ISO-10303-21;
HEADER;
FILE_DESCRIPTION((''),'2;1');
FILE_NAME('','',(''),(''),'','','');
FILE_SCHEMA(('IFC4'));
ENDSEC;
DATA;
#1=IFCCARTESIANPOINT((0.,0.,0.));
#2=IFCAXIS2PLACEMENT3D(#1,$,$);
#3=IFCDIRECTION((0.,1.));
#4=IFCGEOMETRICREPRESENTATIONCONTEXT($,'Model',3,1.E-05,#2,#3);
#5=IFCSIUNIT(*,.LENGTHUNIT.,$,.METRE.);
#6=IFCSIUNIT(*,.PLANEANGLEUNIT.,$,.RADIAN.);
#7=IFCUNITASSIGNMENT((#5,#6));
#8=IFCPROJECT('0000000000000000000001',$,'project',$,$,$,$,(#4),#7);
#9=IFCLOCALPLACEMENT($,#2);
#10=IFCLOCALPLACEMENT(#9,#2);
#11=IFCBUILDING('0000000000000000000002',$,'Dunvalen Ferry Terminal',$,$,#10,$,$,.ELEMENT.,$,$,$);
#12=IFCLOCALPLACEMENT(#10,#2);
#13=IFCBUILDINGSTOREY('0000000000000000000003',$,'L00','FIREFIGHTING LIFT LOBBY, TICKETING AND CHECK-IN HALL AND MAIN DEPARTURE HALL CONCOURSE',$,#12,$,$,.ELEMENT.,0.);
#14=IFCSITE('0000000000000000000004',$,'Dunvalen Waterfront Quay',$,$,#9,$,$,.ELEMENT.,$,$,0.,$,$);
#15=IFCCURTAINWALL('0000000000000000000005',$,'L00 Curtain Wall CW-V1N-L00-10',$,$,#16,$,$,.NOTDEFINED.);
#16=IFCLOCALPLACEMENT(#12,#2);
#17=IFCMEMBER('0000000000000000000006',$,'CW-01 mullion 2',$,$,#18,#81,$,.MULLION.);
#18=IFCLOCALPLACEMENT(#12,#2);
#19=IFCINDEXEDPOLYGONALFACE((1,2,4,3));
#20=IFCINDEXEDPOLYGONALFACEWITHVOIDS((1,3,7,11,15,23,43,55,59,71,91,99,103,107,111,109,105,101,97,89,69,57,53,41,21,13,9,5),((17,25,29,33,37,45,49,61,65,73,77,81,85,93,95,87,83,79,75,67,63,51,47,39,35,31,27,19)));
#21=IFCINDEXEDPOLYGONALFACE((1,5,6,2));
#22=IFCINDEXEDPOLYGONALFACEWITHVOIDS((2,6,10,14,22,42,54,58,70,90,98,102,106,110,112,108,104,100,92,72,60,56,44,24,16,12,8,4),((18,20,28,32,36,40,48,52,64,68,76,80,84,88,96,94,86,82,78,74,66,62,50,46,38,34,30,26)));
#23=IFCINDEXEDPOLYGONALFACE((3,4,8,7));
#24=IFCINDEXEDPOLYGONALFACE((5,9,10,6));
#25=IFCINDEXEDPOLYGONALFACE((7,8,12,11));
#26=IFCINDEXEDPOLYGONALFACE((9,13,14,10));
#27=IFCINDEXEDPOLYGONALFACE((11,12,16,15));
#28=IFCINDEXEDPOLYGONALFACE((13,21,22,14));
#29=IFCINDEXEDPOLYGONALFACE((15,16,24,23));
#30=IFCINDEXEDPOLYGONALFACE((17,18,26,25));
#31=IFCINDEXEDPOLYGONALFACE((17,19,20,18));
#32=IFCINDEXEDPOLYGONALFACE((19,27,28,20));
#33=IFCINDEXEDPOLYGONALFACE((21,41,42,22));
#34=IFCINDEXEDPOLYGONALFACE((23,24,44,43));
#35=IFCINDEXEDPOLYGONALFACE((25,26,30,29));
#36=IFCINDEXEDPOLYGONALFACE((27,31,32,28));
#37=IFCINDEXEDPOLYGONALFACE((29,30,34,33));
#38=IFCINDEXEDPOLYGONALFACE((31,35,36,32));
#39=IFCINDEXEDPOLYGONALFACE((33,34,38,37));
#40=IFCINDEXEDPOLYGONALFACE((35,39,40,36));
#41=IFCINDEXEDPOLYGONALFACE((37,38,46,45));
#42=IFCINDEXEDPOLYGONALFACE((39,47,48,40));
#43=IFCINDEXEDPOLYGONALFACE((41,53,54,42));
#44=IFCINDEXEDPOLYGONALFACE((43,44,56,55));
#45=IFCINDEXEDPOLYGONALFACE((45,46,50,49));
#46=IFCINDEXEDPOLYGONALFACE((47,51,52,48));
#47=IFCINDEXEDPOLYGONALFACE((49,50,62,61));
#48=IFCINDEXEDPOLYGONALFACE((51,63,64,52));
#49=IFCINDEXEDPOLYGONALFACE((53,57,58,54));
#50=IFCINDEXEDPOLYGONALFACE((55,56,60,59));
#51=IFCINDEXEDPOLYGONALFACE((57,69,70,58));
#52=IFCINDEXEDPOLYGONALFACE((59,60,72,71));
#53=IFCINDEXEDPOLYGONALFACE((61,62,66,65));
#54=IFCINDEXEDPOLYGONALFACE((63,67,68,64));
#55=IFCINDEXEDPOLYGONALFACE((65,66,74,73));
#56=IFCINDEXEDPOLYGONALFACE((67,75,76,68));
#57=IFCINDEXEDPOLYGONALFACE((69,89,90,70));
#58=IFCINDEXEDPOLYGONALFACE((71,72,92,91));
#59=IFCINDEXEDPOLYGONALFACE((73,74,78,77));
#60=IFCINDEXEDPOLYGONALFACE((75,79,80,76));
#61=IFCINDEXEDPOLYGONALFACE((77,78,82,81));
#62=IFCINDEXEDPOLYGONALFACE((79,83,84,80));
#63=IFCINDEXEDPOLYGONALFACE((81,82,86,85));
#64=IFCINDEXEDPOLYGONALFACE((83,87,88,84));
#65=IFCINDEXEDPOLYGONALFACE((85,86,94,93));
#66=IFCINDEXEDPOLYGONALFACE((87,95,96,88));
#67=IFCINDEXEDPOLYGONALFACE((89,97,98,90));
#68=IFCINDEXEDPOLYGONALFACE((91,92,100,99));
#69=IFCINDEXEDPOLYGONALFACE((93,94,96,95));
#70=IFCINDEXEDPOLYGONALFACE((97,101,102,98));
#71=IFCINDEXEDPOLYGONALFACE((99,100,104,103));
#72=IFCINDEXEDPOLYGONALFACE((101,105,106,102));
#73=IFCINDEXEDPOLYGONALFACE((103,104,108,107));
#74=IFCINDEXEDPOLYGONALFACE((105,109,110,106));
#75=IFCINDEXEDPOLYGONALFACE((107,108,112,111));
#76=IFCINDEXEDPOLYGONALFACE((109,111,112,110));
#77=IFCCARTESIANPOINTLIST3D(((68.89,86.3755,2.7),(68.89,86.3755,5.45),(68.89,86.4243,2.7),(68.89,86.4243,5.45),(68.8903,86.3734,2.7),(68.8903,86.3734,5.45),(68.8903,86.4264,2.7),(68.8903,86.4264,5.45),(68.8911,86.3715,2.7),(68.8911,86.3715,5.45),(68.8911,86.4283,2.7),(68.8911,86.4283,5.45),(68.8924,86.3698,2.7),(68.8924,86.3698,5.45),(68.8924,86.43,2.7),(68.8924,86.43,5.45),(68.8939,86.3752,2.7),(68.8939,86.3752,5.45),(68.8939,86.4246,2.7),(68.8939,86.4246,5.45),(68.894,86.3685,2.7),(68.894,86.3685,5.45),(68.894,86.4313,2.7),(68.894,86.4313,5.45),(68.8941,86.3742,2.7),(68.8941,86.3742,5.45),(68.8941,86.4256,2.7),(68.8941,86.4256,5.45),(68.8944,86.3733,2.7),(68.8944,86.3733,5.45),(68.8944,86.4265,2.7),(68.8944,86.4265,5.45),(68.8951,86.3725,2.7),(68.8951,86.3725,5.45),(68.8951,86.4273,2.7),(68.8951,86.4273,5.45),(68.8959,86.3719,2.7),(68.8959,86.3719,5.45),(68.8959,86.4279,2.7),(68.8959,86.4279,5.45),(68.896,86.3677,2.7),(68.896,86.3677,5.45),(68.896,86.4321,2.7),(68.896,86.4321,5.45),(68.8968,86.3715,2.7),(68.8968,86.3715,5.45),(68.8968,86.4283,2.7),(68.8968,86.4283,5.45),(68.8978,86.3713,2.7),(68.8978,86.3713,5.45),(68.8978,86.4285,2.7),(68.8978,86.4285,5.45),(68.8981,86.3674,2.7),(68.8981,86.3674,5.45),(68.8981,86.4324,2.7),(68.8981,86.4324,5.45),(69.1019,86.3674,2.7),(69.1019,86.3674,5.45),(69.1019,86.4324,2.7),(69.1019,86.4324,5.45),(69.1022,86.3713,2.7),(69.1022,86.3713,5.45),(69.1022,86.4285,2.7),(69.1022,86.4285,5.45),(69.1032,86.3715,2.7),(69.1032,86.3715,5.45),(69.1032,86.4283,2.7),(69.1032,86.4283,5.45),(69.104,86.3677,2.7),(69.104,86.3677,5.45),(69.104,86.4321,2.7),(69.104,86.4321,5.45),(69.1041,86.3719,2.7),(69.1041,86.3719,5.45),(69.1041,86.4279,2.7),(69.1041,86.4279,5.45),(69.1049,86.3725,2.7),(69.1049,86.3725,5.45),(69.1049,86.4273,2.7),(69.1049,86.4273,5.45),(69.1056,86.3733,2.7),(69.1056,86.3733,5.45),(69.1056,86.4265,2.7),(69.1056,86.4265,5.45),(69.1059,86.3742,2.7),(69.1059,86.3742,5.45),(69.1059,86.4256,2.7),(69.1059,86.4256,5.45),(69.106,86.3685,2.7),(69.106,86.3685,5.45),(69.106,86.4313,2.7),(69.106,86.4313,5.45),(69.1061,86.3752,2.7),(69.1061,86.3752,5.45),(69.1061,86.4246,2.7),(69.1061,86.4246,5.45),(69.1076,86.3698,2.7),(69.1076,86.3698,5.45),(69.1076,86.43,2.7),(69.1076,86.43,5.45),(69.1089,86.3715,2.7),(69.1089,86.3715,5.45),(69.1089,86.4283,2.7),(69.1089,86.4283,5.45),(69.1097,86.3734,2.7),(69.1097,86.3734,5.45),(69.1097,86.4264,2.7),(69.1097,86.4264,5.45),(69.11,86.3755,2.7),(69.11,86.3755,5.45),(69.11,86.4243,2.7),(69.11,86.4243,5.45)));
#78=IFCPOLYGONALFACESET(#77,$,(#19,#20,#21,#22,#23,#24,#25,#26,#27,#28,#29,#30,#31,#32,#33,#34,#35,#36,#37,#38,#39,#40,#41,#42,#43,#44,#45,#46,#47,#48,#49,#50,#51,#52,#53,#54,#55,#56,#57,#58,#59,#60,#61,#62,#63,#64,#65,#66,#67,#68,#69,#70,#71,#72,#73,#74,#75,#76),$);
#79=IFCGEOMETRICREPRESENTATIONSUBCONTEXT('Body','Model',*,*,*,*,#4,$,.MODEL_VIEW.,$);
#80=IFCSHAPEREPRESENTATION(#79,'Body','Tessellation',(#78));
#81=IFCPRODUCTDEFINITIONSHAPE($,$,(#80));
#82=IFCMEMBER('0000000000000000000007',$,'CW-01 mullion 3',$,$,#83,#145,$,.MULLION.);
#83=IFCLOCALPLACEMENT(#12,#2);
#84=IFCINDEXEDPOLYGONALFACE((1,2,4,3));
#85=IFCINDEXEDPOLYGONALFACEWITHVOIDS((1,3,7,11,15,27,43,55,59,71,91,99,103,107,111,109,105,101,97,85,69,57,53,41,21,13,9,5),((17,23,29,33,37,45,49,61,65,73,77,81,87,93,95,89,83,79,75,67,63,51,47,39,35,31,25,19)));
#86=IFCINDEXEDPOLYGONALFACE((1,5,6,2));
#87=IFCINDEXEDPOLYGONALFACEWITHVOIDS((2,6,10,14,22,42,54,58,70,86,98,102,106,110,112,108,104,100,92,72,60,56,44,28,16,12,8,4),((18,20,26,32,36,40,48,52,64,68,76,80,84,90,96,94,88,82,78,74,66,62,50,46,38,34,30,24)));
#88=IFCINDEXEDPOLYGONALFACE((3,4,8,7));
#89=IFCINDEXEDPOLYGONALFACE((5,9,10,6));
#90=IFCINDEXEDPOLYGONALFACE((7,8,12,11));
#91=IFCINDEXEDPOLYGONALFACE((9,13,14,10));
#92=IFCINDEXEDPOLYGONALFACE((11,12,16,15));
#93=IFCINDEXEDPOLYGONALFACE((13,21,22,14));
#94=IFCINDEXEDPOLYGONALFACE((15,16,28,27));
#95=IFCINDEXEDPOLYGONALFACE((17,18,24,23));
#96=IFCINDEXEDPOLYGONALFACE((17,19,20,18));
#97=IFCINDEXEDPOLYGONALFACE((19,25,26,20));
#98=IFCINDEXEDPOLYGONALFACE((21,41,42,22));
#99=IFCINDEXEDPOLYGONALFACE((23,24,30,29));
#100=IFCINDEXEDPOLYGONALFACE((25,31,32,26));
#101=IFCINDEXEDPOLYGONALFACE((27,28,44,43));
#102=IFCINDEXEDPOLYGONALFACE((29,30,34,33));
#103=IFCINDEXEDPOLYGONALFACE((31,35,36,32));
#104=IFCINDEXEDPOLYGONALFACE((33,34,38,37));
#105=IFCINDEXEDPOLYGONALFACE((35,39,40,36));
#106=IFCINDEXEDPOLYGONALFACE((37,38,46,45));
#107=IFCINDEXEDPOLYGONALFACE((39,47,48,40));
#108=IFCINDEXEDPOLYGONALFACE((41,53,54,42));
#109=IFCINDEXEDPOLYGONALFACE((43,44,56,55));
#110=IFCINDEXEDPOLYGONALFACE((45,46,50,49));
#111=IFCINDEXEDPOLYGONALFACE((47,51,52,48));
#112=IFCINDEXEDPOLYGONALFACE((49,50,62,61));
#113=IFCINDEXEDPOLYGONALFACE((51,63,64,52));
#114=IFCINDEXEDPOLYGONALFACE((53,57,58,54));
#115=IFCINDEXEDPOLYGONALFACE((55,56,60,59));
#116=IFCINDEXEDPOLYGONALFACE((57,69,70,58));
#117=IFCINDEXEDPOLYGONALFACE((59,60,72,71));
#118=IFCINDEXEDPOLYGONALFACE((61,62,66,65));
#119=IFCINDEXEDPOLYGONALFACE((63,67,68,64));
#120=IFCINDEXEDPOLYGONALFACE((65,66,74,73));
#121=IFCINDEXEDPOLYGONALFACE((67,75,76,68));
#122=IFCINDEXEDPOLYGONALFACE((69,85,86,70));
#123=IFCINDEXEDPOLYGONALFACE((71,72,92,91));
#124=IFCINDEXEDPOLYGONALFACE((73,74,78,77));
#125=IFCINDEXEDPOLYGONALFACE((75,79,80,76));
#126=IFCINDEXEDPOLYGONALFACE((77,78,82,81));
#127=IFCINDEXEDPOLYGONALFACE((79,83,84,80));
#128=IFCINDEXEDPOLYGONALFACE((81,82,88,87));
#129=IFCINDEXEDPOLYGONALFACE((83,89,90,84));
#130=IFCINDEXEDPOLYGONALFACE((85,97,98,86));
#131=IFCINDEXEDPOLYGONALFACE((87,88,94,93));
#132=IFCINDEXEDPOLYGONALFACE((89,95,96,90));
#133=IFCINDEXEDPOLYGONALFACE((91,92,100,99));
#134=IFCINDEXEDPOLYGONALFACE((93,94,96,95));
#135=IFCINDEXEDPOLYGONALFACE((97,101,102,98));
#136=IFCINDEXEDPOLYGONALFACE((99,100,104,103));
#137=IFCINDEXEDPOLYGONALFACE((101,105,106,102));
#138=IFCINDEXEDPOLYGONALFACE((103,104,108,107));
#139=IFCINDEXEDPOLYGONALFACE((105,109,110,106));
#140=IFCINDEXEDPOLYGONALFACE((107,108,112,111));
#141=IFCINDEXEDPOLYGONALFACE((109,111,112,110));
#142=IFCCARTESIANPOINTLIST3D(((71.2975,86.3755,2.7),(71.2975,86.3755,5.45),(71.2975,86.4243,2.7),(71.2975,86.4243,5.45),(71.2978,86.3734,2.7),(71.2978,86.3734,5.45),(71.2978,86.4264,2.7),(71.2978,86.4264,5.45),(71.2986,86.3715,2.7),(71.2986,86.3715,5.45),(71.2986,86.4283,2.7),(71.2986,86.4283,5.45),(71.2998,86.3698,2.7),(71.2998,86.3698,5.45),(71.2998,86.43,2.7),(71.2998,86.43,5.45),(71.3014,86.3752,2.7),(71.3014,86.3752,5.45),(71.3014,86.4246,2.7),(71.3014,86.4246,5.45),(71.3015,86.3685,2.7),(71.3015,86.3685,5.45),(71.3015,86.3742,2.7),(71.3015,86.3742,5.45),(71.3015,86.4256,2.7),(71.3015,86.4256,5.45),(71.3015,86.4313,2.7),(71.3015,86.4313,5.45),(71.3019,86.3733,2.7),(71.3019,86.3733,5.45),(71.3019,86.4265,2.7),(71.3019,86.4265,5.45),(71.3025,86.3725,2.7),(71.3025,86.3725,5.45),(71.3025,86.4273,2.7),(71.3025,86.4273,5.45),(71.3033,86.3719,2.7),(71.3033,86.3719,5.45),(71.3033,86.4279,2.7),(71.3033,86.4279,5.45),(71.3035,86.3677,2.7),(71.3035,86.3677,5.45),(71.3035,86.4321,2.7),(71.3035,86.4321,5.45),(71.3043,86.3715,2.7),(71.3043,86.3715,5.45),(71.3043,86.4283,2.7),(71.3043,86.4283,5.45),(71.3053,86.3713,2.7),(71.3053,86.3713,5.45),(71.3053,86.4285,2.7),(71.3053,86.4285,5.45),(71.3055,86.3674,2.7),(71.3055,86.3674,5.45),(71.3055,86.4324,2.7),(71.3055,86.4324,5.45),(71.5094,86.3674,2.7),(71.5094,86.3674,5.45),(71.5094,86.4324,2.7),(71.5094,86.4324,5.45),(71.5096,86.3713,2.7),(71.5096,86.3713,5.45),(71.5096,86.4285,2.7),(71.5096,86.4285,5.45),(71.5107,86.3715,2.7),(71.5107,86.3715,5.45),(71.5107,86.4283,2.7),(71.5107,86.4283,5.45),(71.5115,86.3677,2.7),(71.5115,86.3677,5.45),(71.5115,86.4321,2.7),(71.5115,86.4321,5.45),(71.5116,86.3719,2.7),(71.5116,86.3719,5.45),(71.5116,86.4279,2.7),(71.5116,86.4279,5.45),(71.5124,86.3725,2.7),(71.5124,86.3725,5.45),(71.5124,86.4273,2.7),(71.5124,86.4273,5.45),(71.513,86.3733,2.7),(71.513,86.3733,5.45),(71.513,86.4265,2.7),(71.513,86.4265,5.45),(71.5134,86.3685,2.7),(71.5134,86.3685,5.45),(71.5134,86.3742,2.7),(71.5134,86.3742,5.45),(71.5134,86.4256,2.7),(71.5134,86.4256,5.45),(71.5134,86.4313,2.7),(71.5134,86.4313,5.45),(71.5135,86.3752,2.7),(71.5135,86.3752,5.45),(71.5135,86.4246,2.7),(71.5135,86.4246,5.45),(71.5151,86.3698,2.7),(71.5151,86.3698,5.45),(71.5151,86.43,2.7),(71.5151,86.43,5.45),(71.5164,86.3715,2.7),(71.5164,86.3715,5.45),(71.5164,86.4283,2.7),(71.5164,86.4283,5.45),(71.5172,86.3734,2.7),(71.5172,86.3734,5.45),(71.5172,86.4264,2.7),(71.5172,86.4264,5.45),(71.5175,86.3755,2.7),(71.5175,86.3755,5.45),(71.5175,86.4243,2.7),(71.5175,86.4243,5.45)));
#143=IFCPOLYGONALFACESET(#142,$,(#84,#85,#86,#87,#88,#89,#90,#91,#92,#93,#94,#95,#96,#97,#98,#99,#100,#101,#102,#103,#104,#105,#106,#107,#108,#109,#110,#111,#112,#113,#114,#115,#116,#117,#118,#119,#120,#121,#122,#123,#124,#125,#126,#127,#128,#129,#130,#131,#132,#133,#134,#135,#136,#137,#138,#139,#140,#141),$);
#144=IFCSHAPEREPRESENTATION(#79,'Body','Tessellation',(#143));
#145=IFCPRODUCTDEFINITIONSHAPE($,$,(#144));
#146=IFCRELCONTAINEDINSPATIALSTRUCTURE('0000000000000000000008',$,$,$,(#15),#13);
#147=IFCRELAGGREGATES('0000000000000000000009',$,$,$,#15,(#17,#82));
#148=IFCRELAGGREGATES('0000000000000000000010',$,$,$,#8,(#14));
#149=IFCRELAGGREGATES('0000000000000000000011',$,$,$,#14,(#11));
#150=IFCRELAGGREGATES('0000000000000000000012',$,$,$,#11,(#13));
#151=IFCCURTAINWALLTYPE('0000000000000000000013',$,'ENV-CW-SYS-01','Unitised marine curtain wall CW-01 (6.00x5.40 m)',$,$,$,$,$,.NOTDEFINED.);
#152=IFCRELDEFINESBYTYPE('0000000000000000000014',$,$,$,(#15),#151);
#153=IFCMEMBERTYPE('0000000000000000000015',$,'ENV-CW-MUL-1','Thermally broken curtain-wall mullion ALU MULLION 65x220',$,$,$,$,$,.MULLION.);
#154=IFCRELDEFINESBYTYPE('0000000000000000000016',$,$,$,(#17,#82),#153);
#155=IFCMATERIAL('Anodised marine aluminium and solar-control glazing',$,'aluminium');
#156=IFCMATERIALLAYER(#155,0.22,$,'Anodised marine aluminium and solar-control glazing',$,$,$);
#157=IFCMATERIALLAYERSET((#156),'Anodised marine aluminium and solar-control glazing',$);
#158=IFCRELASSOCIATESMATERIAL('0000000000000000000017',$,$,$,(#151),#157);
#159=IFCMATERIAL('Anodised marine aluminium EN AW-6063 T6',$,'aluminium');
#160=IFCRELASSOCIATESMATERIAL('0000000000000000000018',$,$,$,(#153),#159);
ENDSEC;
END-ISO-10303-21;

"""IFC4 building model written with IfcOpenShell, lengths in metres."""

from ifc_helpers import new_model, si_unit, direction, frame, origin, origin_2d, place, context, subcontext, project, spatial, hollow_rectangle, extrude, material, layer, layer_set, material_profile, profile_set, type_object, element, aggregate, save


model = new_model("IFC4")

# Units and contexts
model_context = context("Model", 3, precision=1e-05, world=origin(), true_north=direction((0.0, 1.0)))
body_context = subcontext(model_context, "Body", "Model", "MODEL_VIEW")
ifc_project = project(units=[si_unit("LENGTHUNIT", "METRE"), si_unit("PLANEANGLEUNIT", "RADIAN")], contexts=[model_context])

# Site, building, storey
site_placement = place(None, origin())
site = spatial("IfcSite", under=ifc_project, at=site_placement, Name="Dunvalen Waterfront Quay", CompositionType="ELEMENT", RefElevation=0.0)
building_placement = place(site_placement, origin())
building = spatial("IfcBuilding", under=site, at=building_placement, Name="Dunvalen Ferry Terminal", CompositionType="ELEMENT")
storey_placement = place(building_placement, origin())
storey = spatial("IfcBuildingStorey", under=building, at=storey_placement, Name="L00", Description="FIREFIGHTING LIFT LOBBY, TICKETING AND CHECK-IN HALL AND MAIN DEPARTURE HALL CONCOURSE", CompositionType="ELEMENT", Elevation=0.0)

# Curtain wall, members
ifc_material_1 = material(Name="Anodised marine aluminium and solar-control glazing", Category="aluminium")
ifc_layer_1 = layer(ifc_material_1, 0.22, Name="Anodised marine aluminium and solar-control glazing")
ifc_layer_set_1 = layer_set([ifc_layer_1], Name="Anodised marine aluminium and solar-control glazing")
curtain_wall_type = type_object("IfcCurtainWallType", Name="ENV-CW-SYS-01", Description="Unitised marine curtain wall CW-01 (6.00x5.40 m)", PredefinedType="NOTDEFINED", material=ifc_layer_set_1)
curtain_wall_1_placement = place(storey_placement, origin())
curtain_wall_1 = element("IfcCurtainWall", 1, at=curtain_wall_1_placement, inside=storey, type_object=curtain_wall_type, Name="L00 Curtain Wall CW-V1N-L00-10", PredefinedType="NOTDEFINED")
ifc_material_2 = material(Name="Anodised marine aluminium EN AW-6063 T6", Category="aluminium")
ifc_material_profile_1 = material_profile(ifc_material_2, hollow_rectangle(XDim=0.0649, YDim=0.22, WallThickness=0.0039, InnerFilletRadius=0.0039, OuterFilletRadius=0.0081, at=origin_2d()), Name="Anodised marine aluminium EN AW-6063 T6")
ifc_profile_set_1 = profile_set([ifc_material_profile_1], Name="Anodised marine aluminium EN AW-6063 T6")
member_type_1 = type_object("IfcMemberType", Name="ENV-CW-MUL-1", Description="Thermally broken curtain-wall mullion ALU MULLION 65x220", PredefinedType="MULLION", material=ifc_profile_set_1)
member_1_placement = place(storey_placement, frame((69.0, 86.3999, 2.7), z_axis=(0.0, 0.0, 1.0), x_axis=(0.0, 1.0, 0.0)))
member_1 = element("IfcMember", 2, at=member_1_placement, type_object=member_type_1, Name="CW-01 mullion 2", PredefinedType="MULLION", context=body_context, shape_type="SweptSolid", body=[
    extrude(hollow_rectangle(XDim=0.0649, YDim=0.22, WallThickness=0.0039, InnerFilletRadius=0.0039, OuterFilletRadius=0.0081, at=origin_2d()), origin(), (0.0, 0.0, 1.0), 2.75),
])
member_2_placement = place(storey_placement, frame((71.4075, 86.3999, 2.7), z_axis=(0.0, 0.0, 1.0), x_axis=(0.0, 1.0, 0.0)))
member_2 = element("IfcMember", 3, at=member_2_placement, type_object=member_type_1, Name="CW-01 mullion 3", PredefinedType="MULLION", context=body_context, shape_type="SweptSolid", body=[
    extrude(hollow_rectangle(XDim=0.0649, YDim=0.22, WallThickness=0.0039, InnerFilletRadius=0.0039, OuterFilletRadius=0.0081, at=origin_2d()), origin(), (0.0, 0.0, 1.0), 2.75),
])

aggregate(curtain_wall_1, [member_1, member_2])

save(model, "model.ifc")
